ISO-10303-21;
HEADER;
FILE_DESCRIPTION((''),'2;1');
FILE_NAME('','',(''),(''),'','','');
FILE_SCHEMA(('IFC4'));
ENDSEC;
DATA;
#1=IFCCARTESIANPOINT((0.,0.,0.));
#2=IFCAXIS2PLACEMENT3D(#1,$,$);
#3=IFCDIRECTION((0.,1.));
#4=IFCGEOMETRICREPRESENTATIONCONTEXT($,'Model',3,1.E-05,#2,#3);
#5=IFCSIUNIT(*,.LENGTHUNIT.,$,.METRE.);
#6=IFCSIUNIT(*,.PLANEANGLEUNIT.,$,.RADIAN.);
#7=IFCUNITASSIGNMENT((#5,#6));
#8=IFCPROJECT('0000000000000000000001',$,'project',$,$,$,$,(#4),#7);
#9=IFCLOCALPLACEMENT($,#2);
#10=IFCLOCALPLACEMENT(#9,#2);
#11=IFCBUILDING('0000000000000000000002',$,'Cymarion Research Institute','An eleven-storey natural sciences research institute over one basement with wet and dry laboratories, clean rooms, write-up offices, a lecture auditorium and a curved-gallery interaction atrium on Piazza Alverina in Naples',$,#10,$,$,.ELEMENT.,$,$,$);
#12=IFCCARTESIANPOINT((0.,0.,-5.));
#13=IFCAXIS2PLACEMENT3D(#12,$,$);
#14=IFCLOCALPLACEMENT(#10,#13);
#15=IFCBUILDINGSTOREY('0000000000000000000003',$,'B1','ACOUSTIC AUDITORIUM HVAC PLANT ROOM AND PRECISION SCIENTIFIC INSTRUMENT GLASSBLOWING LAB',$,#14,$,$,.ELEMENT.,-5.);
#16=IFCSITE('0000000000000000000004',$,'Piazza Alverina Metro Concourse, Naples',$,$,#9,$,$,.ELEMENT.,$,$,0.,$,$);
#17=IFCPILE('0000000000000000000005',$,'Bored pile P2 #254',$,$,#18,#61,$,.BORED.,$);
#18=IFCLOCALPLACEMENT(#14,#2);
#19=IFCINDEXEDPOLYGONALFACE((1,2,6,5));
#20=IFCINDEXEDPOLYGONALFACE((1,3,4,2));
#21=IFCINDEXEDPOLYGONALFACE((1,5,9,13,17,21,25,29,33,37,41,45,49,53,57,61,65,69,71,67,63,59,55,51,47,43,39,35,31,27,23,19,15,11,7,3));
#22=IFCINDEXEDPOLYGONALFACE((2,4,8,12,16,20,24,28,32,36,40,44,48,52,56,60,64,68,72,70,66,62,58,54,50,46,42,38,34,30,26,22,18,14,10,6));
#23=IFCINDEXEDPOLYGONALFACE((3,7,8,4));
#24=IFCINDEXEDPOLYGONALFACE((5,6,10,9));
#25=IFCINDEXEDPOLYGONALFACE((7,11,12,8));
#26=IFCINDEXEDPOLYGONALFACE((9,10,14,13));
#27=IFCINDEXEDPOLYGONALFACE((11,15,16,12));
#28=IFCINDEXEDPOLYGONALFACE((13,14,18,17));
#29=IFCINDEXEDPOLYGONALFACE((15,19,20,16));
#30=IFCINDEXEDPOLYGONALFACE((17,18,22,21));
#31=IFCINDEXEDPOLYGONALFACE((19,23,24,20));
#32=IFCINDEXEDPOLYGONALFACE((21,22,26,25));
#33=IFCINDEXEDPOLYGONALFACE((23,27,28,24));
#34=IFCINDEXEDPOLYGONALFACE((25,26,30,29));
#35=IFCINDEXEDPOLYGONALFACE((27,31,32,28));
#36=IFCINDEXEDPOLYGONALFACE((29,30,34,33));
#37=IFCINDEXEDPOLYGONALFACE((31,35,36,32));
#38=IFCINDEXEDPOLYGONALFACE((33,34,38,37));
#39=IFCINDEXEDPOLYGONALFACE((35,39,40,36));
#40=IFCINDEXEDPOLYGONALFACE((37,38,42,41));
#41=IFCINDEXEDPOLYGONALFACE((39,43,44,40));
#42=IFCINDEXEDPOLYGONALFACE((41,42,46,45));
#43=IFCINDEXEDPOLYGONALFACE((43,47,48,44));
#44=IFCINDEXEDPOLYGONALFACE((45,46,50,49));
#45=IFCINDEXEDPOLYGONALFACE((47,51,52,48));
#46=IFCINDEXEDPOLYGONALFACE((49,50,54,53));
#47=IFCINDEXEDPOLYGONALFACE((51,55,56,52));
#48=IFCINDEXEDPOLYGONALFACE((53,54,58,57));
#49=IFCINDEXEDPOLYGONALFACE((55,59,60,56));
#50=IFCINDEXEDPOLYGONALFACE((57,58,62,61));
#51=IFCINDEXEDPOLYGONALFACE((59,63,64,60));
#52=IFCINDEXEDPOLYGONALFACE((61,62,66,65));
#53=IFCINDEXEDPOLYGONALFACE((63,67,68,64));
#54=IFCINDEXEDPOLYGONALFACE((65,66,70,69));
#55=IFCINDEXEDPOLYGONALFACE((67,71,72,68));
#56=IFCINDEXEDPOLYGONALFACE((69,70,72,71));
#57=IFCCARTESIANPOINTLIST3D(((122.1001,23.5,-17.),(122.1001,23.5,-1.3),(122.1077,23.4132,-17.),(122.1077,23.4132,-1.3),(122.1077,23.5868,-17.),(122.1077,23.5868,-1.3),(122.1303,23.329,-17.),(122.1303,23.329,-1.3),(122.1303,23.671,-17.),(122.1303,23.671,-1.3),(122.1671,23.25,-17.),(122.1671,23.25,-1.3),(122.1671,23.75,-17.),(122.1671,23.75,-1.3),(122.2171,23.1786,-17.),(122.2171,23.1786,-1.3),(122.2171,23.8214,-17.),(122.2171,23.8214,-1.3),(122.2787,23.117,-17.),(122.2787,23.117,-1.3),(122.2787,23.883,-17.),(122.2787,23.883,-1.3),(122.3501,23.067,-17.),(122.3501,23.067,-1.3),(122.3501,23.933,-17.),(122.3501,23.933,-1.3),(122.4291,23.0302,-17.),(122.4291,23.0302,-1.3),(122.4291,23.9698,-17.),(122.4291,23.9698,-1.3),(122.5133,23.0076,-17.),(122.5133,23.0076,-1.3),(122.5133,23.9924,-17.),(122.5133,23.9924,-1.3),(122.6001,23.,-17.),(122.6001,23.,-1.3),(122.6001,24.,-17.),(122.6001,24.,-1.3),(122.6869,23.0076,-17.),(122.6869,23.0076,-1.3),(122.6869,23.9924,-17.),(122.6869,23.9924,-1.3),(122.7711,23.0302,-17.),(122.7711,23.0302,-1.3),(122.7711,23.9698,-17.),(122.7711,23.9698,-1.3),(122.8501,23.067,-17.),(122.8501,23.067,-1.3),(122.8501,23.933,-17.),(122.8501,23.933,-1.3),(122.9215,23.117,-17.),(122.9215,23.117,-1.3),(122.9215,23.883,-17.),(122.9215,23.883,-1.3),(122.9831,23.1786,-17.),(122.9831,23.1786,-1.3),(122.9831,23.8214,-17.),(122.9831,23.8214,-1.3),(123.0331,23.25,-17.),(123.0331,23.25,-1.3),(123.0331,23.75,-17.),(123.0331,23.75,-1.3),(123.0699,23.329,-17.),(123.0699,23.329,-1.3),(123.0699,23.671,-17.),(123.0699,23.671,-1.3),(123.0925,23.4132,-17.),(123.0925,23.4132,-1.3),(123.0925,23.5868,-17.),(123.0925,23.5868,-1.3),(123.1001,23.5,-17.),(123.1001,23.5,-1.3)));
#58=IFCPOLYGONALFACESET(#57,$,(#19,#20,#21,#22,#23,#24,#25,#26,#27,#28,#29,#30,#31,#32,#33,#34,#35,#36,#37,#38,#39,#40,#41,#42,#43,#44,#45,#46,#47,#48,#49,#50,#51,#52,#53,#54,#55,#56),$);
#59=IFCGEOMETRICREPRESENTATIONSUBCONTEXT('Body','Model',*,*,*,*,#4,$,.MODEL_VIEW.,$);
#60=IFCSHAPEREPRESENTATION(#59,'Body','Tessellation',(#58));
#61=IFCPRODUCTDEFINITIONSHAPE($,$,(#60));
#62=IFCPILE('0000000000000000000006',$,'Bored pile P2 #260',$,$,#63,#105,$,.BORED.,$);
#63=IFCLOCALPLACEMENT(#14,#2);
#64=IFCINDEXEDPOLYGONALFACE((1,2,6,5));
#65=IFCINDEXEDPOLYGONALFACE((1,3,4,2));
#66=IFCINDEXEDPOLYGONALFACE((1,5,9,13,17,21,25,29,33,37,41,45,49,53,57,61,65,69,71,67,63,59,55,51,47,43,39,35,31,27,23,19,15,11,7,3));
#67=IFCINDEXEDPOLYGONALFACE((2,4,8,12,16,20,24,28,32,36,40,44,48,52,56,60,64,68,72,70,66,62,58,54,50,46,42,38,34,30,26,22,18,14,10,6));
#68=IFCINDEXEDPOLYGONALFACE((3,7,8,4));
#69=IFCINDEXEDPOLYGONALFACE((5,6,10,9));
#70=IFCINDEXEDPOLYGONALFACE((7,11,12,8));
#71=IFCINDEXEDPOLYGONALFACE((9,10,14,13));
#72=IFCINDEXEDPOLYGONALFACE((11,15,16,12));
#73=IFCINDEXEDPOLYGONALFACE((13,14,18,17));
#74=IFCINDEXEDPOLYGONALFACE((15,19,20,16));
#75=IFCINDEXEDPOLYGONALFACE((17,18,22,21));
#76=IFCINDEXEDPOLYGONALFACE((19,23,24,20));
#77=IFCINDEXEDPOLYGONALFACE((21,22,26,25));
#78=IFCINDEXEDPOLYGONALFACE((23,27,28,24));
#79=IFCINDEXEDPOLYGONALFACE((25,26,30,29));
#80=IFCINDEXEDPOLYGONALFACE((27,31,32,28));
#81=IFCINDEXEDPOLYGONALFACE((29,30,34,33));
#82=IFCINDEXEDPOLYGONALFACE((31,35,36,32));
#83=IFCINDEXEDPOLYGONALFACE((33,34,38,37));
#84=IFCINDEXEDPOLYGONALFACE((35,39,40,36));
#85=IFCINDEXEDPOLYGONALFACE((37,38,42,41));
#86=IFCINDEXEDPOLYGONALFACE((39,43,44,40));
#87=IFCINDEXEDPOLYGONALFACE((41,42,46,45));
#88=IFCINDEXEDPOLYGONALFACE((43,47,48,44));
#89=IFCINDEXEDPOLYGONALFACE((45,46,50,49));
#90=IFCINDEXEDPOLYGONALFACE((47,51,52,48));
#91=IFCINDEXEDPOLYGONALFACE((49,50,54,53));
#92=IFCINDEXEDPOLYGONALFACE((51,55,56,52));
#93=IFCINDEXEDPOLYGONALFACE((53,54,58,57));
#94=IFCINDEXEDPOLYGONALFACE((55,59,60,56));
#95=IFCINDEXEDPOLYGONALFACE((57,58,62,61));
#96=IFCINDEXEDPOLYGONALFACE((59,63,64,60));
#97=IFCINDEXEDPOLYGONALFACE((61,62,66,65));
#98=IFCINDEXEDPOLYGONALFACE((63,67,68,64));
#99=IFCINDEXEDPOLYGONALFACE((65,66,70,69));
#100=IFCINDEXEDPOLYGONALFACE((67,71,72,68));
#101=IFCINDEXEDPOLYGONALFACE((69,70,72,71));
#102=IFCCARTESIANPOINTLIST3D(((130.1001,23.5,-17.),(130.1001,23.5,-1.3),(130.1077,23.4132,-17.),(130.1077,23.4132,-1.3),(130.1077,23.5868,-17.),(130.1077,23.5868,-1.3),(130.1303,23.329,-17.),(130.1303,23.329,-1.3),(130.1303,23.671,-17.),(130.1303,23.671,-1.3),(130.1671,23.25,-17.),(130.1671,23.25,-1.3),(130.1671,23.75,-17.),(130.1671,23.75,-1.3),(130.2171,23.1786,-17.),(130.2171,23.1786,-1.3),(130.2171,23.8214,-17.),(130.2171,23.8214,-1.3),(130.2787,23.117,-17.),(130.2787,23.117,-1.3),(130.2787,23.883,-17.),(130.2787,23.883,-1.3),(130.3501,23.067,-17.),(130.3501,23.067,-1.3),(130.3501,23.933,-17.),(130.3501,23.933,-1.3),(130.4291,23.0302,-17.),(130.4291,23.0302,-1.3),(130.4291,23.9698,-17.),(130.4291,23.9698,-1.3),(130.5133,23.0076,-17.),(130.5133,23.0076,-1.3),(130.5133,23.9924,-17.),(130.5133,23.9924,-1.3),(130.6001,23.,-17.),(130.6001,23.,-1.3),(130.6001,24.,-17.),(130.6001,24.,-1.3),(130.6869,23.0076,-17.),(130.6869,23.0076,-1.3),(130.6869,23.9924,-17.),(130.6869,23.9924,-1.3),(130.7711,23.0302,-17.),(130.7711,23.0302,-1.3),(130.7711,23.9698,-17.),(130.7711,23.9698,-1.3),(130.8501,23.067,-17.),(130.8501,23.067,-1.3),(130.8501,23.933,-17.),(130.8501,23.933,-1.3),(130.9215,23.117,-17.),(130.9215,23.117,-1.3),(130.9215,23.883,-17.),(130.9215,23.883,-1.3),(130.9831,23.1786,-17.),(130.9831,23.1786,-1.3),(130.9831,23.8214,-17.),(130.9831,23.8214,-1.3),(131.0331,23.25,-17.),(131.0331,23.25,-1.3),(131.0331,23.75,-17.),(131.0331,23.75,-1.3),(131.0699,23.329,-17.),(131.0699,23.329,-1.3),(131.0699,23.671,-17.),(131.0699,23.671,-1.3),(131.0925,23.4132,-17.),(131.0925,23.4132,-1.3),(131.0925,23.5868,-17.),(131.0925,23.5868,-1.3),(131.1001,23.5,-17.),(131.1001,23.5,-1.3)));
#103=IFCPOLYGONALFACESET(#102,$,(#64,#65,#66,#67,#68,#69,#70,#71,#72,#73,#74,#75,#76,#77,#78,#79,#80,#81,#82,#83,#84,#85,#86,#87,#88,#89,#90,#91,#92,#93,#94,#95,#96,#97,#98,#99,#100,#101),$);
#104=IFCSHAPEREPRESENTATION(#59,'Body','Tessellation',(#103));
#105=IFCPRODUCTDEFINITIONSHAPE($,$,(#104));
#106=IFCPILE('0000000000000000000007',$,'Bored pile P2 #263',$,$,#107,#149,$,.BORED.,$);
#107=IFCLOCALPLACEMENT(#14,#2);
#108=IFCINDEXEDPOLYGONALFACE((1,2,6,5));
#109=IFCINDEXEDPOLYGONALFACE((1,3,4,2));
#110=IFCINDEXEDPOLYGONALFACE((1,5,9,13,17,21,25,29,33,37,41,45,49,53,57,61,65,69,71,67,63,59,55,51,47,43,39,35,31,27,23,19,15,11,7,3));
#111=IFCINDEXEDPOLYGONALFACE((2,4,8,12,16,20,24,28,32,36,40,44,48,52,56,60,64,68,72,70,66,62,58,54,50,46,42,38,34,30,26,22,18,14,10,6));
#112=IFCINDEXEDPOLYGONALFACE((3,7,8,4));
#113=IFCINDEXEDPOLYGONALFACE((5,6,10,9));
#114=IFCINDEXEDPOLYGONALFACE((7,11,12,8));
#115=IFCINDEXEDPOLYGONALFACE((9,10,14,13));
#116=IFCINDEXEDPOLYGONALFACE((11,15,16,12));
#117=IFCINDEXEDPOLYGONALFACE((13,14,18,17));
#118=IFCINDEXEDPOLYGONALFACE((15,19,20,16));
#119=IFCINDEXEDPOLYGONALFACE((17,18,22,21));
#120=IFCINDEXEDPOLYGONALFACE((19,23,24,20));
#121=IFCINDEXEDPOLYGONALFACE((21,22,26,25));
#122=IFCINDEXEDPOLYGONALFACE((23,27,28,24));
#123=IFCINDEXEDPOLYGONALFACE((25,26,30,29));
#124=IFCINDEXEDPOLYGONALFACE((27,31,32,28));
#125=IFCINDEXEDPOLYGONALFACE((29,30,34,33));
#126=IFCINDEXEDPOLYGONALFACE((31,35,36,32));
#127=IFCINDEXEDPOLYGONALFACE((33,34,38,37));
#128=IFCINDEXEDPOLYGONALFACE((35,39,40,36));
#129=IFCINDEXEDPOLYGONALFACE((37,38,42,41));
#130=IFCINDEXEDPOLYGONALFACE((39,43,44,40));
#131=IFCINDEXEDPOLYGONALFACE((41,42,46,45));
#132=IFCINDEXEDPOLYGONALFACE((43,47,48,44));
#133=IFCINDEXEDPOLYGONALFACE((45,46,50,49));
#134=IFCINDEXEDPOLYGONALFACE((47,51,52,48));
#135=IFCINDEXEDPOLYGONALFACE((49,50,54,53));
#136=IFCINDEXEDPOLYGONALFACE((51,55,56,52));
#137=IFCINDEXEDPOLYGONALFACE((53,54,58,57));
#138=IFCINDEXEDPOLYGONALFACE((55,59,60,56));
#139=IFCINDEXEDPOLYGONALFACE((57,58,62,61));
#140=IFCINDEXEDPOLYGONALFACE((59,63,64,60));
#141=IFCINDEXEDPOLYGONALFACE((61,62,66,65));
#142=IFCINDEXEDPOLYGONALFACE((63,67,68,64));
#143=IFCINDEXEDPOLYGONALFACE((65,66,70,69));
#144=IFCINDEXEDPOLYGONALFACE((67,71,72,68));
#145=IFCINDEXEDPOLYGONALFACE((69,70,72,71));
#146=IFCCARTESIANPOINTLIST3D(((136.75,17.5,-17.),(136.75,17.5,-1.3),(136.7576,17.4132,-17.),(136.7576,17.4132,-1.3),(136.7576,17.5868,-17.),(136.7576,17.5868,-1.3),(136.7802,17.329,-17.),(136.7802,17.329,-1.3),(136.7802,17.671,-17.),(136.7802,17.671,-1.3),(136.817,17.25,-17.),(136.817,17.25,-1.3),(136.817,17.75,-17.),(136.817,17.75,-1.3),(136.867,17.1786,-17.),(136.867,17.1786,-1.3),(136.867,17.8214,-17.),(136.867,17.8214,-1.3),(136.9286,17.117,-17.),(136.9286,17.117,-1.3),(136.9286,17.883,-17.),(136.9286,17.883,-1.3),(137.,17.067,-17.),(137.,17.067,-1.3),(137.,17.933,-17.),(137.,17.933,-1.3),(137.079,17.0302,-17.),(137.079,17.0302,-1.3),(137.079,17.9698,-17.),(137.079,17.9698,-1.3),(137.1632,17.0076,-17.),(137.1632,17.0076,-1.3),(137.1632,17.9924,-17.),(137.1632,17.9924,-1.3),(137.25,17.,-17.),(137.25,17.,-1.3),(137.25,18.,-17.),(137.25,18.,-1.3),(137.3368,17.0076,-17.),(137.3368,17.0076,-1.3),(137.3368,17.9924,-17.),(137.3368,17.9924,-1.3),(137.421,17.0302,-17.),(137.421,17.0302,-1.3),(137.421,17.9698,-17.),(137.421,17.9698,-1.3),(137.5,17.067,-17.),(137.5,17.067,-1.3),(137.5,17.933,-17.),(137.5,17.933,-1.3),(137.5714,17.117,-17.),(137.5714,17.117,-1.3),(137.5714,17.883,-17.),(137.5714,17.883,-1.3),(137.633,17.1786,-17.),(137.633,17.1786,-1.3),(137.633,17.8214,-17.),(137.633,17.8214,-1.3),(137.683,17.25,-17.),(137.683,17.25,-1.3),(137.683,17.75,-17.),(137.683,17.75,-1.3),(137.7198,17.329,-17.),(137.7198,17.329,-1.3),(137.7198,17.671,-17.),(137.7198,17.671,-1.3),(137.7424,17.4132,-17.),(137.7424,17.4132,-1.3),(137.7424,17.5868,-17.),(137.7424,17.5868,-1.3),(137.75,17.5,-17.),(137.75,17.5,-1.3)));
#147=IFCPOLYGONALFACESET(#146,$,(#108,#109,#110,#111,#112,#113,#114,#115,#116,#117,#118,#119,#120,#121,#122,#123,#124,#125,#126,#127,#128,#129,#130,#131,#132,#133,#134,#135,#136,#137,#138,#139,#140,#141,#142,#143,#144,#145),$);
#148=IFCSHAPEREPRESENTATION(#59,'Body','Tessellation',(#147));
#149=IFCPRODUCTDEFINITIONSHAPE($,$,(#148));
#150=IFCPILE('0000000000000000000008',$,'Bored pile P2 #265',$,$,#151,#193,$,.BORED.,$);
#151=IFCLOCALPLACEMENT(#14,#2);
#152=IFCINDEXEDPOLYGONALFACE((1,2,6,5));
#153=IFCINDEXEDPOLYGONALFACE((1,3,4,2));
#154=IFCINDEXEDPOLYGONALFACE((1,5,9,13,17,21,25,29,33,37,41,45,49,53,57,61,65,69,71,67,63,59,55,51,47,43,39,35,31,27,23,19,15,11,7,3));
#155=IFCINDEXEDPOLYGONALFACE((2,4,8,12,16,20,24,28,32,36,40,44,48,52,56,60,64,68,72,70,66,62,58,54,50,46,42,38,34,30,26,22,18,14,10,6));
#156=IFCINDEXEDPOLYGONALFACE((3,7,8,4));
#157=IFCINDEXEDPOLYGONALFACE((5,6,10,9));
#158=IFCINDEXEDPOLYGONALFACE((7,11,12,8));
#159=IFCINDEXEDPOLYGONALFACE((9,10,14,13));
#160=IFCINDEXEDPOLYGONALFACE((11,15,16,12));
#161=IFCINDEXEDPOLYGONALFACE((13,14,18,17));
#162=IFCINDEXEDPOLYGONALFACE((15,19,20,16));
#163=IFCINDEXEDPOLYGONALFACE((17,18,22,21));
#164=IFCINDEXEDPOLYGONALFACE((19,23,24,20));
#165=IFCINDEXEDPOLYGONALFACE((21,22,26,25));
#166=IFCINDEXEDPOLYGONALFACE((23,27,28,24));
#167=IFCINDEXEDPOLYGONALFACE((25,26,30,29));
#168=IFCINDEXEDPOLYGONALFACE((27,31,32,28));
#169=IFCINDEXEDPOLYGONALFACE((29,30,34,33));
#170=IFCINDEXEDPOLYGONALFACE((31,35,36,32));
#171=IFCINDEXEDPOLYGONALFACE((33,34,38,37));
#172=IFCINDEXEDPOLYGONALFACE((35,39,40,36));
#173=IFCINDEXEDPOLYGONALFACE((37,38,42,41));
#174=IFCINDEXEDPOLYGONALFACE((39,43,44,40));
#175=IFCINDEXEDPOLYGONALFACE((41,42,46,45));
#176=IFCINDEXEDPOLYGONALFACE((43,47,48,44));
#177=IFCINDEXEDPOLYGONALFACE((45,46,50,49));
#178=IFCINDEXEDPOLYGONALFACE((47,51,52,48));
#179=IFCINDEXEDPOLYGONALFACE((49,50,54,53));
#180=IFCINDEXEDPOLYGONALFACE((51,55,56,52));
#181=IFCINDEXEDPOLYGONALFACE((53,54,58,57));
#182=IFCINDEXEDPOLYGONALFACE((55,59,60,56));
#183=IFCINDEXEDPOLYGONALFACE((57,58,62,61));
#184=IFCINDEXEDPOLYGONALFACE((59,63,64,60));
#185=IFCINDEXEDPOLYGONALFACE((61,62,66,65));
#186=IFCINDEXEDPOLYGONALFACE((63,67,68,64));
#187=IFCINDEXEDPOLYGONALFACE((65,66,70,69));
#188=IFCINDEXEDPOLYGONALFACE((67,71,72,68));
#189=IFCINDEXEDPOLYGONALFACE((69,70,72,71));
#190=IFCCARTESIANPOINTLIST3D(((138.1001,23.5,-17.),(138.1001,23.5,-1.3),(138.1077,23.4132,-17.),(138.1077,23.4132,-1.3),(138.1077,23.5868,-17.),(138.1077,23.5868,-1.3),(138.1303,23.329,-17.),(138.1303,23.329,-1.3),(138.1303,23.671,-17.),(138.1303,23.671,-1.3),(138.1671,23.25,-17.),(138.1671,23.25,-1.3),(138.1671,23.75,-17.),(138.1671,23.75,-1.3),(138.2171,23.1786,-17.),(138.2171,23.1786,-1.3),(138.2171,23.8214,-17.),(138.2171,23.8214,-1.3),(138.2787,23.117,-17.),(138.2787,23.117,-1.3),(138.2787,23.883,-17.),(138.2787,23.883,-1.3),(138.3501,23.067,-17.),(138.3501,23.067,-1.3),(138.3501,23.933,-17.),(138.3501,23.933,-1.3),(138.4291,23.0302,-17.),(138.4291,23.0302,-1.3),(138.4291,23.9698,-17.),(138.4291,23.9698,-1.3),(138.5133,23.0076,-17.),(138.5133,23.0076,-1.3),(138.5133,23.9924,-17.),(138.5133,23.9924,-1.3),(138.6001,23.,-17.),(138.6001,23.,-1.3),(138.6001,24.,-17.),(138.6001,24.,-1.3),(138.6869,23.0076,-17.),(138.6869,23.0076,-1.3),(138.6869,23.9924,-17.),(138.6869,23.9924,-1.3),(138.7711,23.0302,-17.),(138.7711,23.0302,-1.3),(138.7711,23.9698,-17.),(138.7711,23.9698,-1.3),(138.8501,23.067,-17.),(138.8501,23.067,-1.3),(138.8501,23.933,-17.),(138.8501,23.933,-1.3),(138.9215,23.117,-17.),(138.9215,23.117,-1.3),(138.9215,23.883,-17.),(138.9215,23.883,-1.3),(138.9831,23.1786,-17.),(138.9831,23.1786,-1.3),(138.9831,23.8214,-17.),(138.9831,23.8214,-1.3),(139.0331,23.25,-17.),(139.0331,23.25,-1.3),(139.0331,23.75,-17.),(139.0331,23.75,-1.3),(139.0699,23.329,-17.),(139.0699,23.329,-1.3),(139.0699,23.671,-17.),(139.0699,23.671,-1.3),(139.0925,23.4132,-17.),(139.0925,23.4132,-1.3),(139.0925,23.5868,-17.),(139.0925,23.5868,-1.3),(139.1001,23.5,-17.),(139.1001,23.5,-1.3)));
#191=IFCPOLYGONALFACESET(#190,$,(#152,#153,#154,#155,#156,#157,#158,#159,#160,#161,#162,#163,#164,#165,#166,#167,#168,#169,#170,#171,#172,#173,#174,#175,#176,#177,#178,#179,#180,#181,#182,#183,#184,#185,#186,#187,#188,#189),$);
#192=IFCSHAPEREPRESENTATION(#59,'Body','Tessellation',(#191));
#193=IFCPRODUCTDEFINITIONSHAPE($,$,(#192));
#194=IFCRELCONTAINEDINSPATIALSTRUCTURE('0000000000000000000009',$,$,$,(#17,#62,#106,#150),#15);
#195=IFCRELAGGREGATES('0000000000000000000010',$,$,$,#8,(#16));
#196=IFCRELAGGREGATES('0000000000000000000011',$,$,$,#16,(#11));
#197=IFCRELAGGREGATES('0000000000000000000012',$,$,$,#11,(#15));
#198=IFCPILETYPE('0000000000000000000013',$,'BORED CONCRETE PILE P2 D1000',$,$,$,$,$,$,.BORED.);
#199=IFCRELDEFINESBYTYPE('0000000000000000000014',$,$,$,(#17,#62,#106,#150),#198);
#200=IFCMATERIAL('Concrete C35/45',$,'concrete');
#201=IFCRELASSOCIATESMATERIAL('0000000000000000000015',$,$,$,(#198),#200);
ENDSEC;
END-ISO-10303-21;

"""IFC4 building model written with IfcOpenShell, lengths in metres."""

from ifc_helpers import new_model, si_unit, direction, frame, origin, origin_2d, place, context, subcontext, project, spatial, circle, extrude, material, material_profile, profile_set, type_object, element, save


model = new_model("IFC4")

# Units and contexts
model_context = context("Model", 3, precision=1e-05, world=origin(), true_north=direction((0.0, 1.0)))
body_context = subcontext(model_context, "Body", "Model", "MODEL_VIEW")
ifc_project = project(units=[si_unit("LENGTHUNIT", "METRE"), si_unit("PLANEANGLEUNIT", "RADIAN")], contexts=[model_context])

# Site, building, storey
site_placement = place(None, origin())
site = spatial("IfcSite", under=ifc_project, at=site_placement, Name="Piazza Alverina Metro Concourse, Naples", CompositionType="ELEMENT", RefElevation=0.0)
building_placement = place(site_placement, origin())
building = spatial("IfcBuilding", under=site, at=building_placement, Name="Cymarion Research Institute", Description="An eleven-storey natural sciences research institute over one basement with wet and dry laboratories, clean rooms, write-up offices, a lecture auditorium and a curved-gallery interaction atrium on Piazza Alverina in Naples", CompositionType="ELEMENT")
storey_placement = place(building_placement, frame((0.0, 0.0, -5.0)))
storey = spatial("IfcBuildingStorey", under=building, at=storey_placement, Name="B1", Description="ACOUSTIC AUDITORIUM HVAC PLANT ROOM AND PRECISION SCIENTIFIC INSTRUMENT GLASSBLOWING LAB", CompositionType="ELEMENT", Elevation=-5.0)

# Piles
ifc_material_1 = material(Name="Concrete C35/45", Category="concrete")
ifc_material_profile_1 = material_profile(ifc_material_1, circle(Radius=0.5, at=origin_2d()), Name="BORED PILE D1000")
ifc_profile_set_1 = profile_set([ifc_material_profile_1], Name="Concrete C35/45")
pile_type = type_object("IfcPileType", Name="BORED CONCRETE PILE P2 D1000", PredefinedType="BORED", material=ifc_profile_set_1)
for number, where, z_axis, x_axis, name in (
    (1, (122.6001, 23.5, -1.3), (0.0, 0.0, -1.0), (1.0, 0.0, 0.0), "Bored pile P2 #254"),
    (2, (130.6001, 23.5, -1.3), (0.0, 0.0, -1.0), (1.0, 0.0, 0.0), "Bored pile P2 #260"),
    (3, (137.25, 17.5, -1.3), (0.0, 0.0, -1.0), (1.0, 0.0, 0.0), "Bored pile P2 #263"),
    (4, (138.6001, 23.5, -1.3), (0.0, 0.0, -1.0), (1.0, 0.0, 0.0), "Bored pile P2 #265"),
):
    element("IfcPile", number, at=place(storey_placement, frame(where, z_axis=z_axis, x_axis=x_axis)), inside=storey, type_object=pile_type, Name=name, PredefinedType="BORED", context=body_context, shape_type="SweptSolid", body=[
        extrude(circle(Radius=0.5, at=origin_2d()), origin(), (0.0, 0.0, 1.0), 15.7),
    ])

save(model, "model.ifc")
